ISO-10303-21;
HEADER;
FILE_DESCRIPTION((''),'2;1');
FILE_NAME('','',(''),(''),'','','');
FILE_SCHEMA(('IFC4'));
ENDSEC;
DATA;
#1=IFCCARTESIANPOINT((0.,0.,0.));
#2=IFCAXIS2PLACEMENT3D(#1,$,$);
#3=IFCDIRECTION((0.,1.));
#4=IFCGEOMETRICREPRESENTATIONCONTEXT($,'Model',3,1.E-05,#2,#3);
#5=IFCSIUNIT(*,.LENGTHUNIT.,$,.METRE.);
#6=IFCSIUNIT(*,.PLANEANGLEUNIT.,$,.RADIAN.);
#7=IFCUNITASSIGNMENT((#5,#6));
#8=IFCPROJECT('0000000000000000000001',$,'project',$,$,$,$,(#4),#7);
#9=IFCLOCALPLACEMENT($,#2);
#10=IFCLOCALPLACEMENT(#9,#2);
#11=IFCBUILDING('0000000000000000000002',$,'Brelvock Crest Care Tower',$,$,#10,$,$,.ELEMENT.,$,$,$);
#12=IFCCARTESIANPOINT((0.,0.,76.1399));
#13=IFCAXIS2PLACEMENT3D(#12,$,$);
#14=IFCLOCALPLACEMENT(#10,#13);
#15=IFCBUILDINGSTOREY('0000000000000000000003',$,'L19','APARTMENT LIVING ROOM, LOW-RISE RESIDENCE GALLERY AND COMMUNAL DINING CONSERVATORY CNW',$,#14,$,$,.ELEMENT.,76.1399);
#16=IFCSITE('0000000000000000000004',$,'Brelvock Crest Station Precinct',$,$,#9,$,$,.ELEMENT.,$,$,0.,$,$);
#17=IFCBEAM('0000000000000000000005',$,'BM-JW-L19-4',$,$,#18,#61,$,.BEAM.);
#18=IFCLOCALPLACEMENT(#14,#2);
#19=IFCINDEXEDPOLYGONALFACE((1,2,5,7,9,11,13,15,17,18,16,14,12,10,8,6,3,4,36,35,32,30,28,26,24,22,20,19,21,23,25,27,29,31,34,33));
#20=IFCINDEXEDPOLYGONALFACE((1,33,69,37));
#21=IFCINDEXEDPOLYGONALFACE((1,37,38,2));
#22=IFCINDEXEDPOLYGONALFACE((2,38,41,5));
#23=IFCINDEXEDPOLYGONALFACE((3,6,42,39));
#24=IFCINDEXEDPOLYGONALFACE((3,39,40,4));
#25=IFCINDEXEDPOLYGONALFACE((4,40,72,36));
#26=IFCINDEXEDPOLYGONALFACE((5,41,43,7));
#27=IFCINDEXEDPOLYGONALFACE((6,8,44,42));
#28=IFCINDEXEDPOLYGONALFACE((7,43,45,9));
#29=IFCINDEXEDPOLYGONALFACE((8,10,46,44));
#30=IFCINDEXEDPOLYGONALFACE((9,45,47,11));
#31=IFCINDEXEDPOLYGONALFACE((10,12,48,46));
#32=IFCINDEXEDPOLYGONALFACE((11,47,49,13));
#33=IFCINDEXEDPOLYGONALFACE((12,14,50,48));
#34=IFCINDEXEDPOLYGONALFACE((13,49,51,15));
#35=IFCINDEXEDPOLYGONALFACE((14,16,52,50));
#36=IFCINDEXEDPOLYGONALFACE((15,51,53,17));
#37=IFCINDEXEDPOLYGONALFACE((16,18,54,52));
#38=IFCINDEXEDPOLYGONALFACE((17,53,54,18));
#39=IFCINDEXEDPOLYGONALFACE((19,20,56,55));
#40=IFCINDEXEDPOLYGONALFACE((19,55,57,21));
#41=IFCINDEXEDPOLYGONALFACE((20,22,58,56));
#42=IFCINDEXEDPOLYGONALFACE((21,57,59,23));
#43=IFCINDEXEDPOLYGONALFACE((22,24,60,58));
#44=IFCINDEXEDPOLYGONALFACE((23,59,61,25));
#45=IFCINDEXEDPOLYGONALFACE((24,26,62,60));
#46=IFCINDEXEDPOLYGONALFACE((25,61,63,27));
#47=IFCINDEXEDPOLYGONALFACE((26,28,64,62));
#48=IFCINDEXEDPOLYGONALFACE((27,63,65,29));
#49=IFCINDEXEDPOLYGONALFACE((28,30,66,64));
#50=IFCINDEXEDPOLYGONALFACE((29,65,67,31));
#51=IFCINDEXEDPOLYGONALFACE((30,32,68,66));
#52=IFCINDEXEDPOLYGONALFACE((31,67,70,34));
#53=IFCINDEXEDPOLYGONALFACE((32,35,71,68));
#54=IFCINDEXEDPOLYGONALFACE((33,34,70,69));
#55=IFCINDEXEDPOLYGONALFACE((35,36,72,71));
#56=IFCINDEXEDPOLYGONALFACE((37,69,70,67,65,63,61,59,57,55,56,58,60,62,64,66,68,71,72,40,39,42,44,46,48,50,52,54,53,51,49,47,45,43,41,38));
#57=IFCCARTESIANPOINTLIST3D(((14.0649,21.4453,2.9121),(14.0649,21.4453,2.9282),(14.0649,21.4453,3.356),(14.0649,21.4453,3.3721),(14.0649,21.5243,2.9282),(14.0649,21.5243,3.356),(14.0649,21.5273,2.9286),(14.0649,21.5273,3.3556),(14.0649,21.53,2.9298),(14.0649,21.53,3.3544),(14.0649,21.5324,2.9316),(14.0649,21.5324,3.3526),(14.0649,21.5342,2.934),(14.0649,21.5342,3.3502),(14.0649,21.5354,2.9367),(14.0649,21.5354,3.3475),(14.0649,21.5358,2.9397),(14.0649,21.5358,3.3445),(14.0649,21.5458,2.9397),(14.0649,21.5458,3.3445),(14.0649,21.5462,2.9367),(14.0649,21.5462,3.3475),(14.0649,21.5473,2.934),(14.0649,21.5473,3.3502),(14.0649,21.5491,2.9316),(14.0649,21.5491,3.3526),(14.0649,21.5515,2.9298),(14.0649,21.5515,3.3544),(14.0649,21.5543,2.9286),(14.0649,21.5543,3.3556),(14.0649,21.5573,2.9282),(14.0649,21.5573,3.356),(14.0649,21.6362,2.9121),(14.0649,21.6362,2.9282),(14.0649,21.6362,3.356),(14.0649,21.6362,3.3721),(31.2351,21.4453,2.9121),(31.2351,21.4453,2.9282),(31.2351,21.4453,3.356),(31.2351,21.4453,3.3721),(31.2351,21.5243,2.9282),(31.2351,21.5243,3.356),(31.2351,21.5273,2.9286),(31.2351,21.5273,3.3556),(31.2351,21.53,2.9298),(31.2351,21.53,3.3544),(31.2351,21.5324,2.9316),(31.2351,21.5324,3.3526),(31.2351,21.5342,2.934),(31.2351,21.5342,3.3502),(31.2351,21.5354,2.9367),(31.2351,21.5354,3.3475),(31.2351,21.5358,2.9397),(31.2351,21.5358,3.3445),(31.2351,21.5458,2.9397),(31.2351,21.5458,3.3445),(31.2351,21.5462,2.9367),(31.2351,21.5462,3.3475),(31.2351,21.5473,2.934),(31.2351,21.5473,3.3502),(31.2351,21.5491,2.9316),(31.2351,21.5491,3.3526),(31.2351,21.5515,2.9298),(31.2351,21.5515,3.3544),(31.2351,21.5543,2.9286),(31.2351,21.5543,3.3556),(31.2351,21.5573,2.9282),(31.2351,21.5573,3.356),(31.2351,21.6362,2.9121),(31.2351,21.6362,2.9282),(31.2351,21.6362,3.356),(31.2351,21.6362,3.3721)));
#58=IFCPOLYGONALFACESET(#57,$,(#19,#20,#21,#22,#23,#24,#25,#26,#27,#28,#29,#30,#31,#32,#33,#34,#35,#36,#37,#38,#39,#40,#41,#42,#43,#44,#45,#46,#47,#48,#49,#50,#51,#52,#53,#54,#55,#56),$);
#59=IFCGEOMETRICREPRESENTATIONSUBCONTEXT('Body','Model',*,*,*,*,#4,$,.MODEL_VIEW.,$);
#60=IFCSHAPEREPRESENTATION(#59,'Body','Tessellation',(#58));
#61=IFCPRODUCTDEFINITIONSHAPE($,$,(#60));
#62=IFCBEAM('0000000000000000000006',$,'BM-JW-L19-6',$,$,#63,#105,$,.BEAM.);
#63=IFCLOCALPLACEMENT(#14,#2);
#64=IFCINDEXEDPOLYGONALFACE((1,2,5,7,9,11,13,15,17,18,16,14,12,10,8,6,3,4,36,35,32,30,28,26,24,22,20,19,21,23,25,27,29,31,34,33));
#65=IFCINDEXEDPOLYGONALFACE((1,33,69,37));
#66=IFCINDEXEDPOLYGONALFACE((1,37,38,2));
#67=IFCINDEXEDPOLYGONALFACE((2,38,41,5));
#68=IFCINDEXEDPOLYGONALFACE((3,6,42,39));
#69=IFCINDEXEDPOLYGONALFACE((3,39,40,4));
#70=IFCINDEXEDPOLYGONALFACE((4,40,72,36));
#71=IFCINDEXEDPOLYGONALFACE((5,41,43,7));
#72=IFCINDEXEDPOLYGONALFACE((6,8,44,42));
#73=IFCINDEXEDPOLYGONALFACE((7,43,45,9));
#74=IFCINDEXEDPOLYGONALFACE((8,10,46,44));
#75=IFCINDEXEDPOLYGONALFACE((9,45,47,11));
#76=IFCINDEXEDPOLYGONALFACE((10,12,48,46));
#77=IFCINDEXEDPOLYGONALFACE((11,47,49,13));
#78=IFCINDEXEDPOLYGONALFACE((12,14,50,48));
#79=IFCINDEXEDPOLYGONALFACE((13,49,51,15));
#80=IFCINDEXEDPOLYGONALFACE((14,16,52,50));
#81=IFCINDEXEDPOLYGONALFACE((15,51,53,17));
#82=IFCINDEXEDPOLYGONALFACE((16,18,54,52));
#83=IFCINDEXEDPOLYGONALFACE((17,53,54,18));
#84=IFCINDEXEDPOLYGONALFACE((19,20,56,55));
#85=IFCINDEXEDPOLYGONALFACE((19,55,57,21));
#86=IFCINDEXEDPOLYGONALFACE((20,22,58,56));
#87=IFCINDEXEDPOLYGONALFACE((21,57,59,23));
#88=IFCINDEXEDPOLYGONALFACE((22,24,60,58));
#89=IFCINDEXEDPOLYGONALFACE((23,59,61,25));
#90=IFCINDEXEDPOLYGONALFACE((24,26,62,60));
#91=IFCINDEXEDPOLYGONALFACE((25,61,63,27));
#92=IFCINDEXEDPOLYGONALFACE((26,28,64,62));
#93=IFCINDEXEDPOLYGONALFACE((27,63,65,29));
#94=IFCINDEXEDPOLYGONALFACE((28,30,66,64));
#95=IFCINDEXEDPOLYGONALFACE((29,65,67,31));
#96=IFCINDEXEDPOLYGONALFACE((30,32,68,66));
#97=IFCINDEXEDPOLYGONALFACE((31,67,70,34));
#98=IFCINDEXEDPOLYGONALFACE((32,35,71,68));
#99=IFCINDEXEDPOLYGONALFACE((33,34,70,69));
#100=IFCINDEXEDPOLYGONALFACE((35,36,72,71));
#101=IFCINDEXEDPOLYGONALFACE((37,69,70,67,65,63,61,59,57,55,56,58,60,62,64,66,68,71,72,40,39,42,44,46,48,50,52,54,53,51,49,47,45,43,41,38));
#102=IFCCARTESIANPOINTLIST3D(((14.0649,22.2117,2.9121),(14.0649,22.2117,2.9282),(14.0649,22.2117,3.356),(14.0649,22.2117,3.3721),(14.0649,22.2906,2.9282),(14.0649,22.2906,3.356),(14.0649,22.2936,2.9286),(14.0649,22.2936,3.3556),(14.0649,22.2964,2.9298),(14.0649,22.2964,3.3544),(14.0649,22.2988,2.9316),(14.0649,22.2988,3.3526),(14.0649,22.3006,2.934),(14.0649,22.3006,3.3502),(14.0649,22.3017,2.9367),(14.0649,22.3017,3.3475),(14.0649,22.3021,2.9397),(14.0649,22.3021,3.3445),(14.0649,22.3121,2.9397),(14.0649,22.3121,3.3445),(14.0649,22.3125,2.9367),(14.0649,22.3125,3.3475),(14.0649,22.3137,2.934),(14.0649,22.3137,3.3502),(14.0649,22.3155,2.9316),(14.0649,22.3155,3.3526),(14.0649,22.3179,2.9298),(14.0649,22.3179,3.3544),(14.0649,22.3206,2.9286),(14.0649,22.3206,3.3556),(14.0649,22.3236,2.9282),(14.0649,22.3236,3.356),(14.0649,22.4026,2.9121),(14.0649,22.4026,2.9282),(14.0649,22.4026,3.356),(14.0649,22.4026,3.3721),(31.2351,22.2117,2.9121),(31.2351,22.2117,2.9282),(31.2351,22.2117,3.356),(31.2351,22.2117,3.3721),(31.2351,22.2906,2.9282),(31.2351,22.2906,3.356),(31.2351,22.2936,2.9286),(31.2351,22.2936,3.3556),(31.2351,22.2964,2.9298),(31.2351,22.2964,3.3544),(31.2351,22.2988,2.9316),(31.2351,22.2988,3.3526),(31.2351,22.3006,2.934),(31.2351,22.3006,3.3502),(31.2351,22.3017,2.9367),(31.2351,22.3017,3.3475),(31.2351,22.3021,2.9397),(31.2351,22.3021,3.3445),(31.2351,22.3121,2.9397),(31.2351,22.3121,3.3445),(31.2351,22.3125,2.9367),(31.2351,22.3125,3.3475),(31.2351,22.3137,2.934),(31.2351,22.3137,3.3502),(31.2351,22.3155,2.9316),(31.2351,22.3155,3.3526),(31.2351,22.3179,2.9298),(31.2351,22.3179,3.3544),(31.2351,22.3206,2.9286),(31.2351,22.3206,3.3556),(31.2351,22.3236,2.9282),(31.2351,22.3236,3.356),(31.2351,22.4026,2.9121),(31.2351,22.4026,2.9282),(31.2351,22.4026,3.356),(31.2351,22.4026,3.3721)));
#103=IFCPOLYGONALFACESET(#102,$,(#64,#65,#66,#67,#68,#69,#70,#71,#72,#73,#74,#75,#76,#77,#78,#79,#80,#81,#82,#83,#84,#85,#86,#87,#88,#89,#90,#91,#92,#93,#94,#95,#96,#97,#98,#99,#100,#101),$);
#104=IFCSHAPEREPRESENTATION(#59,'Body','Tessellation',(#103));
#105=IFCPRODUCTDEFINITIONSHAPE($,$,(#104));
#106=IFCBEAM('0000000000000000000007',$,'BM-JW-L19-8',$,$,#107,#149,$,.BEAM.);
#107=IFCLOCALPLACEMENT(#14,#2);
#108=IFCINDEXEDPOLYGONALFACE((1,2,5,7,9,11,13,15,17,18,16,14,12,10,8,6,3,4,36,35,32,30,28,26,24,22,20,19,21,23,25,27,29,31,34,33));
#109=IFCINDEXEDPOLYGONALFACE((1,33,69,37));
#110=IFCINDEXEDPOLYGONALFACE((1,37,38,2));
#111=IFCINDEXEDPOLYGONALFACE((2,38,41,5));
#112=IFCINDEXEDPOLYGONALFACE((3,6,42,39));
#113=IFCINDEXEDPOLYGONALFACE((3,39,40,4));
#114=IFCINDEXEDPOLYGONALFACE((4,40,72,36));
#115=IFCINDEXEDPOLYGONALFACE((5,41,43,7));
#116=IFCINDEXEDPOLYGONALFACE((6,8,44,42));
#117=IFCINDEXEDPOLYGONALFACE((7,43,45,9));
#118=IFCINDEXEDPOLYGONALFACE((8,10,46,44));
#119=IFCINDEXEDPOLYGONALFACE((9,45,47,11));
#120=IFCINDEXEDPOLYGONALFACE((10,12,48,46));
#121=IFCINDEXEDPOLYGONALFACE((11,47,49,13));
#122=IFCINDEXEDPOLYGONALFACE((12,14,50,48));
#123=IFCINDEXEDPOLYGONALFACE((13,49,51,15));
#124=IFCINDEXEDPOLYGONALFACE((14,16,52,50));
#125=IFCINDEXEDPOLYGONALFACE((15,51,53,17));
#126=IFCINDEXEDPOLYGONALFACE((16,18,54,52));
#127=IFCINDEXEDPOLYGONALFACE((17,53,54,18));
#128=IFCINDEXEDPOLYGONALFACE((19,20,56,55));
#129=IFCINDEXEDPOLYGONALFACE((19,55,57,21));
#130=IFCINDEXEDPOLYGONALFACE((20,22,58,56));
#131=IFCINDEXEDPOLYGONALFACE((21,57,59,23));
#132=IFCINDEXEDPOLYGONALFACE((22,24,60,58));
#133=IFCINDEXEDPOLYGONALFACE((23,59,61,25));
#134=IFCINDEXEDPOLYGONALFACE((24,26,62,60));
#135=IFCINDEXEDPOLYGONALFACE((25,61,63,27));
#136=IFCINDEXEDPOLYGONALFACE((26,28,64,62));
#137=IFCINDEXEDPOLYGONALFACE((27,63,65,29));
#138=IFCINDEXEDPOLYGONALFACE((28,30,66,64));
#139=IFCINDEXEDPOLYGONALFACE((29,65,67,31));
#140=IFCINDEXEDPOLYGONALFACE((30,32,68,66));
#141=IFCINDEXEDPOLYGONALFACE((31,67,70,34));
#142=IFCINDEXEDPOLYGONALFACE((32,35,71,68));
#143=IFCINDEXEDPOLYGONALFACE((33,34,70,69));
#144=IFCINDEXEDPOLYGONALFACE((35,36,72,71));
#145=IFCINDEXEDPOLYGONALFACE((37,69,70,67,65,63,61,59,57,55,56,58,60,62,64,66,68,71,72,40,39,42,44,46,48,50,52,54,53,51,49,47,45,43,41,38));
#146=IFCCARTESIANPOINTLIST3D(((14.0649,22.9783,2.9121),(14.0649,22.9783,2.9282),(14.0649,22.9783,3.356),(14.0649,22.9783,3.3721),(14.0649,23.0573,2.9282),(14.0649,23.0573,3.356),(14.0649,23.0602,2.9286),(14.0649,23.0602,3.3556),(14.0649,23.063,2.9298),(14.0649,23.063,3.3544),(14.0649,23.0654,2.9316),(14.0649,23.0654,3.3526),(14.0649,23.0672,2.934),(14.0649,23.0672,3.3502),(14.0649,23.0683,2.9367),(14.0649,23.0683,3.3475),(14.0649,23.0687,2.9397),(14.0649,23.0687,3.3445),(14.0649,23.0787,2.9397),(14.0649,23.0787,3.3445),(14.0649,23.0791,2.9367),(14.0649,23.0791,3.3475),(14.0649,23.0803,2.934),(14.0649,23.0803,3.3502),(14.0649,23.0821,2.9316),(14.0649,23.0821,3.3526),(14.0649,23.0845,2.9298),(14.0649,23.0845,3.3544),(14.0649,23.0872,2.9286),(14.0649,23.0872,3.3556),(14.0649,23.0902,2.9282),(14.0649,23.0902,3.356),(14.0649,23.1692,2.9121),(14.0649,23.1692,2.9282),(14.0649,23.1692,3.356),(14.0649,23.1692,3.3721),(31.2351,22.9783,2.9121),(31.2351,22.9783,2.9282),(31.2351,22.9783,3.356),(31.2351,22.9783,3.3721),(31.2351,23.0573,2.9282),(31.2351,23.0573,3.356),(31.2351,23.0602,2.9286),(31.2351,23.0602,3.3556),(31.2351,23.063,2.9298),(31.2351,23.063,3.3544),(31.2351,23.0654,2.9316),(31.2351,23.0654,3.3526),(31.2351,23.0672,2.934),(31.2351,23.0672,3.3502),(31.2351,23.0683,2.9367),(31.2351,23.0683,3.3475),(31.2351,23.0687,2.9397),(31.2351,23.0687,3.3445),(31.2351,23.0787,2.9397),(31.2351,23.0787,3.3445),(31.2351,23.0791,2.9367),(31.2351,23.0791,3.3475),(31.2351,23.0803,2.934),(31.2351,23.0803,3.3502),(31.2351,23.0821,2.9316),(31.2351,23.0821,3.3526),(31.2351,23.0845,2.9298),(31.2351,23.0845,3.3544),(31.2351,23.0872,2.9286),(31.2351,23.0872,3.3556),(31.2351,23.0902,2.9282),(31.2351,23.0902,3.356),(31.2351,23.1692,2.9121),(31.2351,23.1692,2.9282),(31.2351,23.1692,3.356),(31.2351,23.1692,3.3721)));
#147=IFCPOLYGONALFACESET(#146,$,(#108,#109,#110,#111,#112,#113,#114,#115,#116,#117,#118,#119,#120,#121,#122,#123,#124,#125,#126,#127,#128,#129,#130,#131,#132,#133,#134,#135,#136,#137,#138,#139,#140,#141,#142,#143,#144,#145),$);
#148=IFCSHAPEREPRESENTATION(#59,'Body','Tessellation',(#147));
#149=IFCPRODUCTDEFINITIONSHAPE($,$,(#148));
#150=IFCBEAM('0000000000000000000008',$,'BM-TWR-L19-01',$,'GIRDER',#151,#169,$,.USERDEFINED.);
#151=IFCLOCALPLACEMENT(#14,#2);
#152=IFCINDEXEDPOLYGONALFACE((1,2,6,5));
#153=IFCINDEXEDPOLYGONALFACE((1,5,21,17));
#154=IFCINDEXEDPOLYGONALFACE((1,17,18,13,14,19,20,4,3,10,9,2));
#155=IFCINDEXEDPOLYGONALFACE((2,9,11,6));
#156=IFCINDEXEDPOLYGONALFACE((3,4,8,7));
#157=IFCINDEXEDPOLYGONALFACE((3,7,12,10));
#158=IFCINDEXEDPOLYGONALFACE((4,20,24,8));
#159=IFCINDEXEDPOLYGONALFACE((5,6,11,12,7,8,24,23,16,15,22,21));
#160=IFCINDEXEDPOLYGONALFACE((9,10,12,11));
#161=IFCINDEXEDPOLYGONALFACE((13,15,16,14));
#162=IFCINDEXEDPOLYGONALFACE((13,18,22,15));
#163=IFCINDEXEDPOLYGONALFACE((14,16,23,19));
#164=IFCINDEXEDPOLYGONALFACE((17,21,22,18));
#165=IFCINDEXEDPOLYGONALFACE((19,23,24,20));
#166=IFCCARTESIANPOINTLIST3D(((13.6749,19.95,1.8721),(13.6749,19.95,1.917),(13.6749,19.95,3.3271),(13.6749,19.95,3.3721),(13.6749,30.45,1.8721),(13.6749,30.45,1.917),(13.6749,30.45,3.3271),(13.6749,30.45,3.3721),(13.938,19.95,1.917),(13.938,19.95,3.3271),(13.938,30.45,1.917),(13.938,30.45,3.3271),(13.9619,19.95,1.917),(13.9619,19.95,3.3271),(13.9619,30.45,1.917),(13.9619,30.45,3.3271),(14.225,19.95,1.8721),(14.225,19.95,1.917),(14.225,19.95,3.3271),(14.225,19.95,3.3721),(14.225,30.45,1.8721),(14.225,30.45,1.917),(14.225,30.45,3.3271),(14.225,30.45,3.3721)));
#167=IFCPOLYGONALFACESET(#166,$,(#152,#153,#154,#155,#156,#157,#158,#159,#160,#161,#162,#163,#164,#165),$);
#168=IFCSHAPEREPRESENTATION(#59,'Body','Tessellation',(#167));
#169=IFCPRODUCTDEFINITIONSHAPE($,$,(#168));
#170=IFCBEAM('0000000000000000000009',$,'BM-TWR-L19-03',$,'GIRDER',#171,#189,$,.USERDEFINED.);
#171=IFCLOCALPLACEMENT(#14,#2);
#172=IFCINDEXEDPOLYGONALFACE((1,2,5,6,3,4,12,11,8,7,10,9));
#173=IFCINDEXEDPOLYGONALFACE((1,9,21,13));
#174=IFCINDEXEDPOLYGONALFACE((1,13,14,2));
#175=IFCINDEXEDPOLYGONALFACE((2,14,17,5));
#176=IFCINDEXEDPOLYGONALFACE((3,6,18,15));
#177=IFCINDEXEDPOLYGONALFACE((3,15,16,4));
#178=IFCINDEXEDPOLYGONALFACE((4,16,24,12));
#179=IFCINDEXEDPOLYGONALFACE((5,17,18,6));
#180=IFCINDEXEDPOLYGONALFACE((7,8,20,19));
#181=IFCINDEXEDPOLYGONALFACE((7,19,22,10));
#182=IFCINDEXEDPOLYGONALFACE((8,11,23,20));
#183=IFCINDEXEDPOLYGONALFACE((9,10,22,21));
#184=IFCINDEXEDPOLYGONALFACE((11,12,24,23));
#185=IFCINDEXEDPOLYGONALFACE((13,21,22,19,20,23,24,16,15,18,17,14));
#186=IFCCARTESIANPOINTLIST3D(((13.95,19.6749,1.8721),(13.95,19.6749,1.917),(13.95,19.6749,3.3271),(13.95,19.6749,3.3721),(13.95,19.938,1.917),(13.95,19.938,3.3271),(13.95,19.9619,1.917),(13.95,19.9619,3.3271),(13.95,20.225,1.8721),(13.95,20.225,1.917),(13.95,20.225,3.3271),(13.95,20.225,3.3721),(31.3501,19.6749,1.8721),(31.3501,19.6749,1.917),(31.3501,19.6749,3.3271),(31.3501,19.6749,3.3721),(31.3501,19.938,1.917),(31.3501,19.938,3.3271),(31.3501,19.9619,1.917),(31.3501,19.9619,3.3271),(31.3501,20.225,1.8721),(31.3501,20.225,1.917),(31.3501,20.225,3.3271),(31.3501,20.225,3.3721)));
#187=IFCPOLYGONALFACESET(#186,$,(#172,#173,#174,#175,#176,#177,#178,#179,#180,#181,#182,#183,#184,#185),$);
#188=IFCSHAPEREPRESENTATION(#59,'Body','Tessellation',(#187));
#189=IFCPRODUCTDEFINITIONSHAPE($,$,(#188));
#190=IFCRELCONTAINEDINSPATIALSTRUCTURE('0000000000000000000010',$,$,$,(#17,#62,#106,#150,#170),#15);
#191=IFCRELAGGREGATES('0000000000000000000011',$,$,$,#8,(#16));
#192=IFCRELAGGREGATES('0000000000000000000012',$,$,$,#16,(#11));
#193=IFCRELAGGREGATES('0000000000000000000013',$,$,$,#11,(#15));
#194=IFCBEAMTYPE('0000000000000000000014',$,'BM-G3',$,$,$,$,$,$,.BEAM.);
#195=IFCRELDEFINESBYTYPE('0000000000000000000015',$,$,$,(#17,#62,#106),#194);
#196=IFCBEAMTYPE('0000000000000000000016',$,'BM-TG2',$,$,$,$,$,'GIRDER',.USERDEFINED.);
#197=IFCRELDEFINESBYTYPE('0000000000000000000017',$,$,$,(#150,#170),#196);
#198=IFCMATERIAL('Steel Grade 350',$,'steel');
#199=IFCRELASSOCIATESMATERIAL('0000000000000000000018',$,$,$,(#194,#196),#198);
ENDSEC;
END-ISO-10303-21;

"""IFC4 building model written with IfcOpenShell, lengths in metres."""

from ifc_helpers import new_model, si_unit, direction, frame, origin, origin_2d, place, context, subcontext, project, spatial, i_section, extrude, source, transform, mapped, material, material_profile, profile_set, type_object, element, save


model = new_model("IFC4")

# Units and contexts
model_context = context("Model", 3, precision=1e-05, world=origin(), true_north=direction((0.0, 1.0)))
body_context = subcontext(model_context, "Body", "Model", "MODEL_VIEW")
ifc_project = project(units=[si_unit("LENGTHUNIT", "METRE"), si_unit("PLANEANGLEUNIT", "RADIAN")], contexts=[model_context])

# Site, building, storey
site_placement = place(None, origin())
site = spatial("IfcSite", under=ifc_project, at=site_placement, Name="Brelvock Crest Station Precinct", CompositionType="ELEMENT", RefElevation=0.0)
building_placement = place(site_placement, origin())
building = spatial("IfcBuilding", under=site, at=building_placement, Name="Brelvock Crest Care Tower", CompositionType="ELEMENT")
storey_placement = place(building_placement, frame((0.0, 0.0, 76.1399)))
storey = spatial("IfcBuildingStorey", under=building, at=storey_placement, Name="L19", Description="APARTMENT LIVING ROOM, LOW-RISE RESIDENCE GALLERY AND COMMUNAL DINING CONSERVATORY CNW", CompositionType="ELEMENT", Elevation=76.1399)

# Shared definitions
ifc_material_1 = material(Name="Steel Grade 350", Category="steel")

# Beams
ifc_material_profile_1 = material_profile(ifc_material_1, i_section(OverallWidth=0.1909, OverallDepth=0.46, WebThickness=0.01, FlangeThickness=0.0161, FilletRadius=0.0115, at=origin_2d()), Name="460UB82.1")
ifc_profile_set_1 = profile_set([ifc_material_profile_1], Name="Steel Grade 350")
beam_type_1 = type_object("IfcBeamType", Name="BM-G3", PredefinedType="BEAM", material=ifc_profile_set_1)
shared_shape_1 = source(origin(), body_context, "Body", "SweptSolid", [
    extrude(i_section(OverallWidth=0.1909, OverallDepth=0.46, WebThickness=0.01, FlangeThickness=0.0161, FilletRadius=0.0115, at=origin_2d()), origin(), (0.0, 0.0, 1.0), 17.1702),
])
for number, where, z_axis, x_axis, name in (
    (1, (14.0649, 21.5408, 3.1421), (1.0, 0.0, 0.0), (0.0, 1.0, 0.0), "BM-JW-L19-4"),
    (2, (14.0649, 22.3071, 3.1421), (1.0, 0.0, 0.0), (0.0, 1.0, 0.0), "BM-JW-L19-6"),
    (3, (14.0649, 23.0737, 3.1421), (1.0, 0.0, 0.0), (0.0, 1.0, 0.0), "BM-JW-L19-8"),
):
    element("IfcBeam", number, at=place(storey_placement, frame(where, z_axis=z_axis, x_axis=x_axis)), inside=storey, type_object=beam_type_1, Name=name, PredefinedType="BEAM", context=body_context, shape_type="MappedRepresentation", body=[
        mapped(shared_shape_1, transform((0.0, 0.0, 0.0), x_axis=(1.0, 0.0, 0.0), y_axis=(0.0, 1.0, 0.0), z_axis=(0.0, 0.0, 1.0), scale=1.0)),
    ])
ifc_material_profile_2 = material_profile(ifc_material_1, i_section(OverallWidth=0.55, OverallDepth=1.5, WebThickness=0.0239, FlangeThickness=0.0449, at=origin_2d()), Name="1500TG580")
ifc_profile_set_2 = profile_set([ifc_material_profile_2], Name="Steel Grade 350")
beam_type_2 = type_object("IfcBeamType", Name="BM-TG2", ElementType="GIRDER", PredefinedType="USERDEFINED", material=ifc_profile_set_2)
shared_shape_2 = source(origin(), body_context, "Body", "SweptSolid", [
    extrude(i_section(OverallWidth=0.55, OverallDepth=1.5, WebThickness=0.0239, FlangeThickness=0.0449, at=origin_2d()), origin(), (0.0, 0.0, 1.0), 10.5),
])
beam_1_placement = place(storey_placement, frame((13.95, 19.95, 2.6221), z_axis=(0.0, 1.0, 0.0), x_axis=(-1.0, 0.0, 0.0)))
element("IfcBeam", 4, at=beam_1_placement, inside=storey, type_object=beam_type_2, Name="BM-TWR-L19-01", ObjectType="GIRDER", PredefinedType="USERDEFINED", context=body_context, shape_type="MappedRepresentation", body=[
    mapped(shared_shape_2, transform((0.0, 0.0, 0.0), x_axis=(1.0, 0.0, 0.0), y_axis=(0.0, 1.0, 0.0), z_axis=(0.0, 0.0, 1.0), scale=1.0)),
])
shared_shape_3 = source(origin(), body_context, "Body", "SweptSolid", [
    extrude(i_section(OverallWidth=0.55, OverallDepth=1.5, WebThickness=0.0239, FlangeThickness=0.0449, at=origin_2d()), origin(), (0.0, 0.0, 1.0), 17.4001),
])
beam_2_placement = place(storey_placement, frame((13.95, 19.95, 2.6221), z_axis=(1.0, 0.0, 0.0), x_axis=(0.0, 1.0, 0.0)))
element("IfcBeam", 5, at=beam_2_placement, inside=storey, type_object=beam_type_2, Name="BM-TWR-L19-03", ObjectType="GIRDER", PredefinedType="USERDEFINED", context=body_context, shape_type="MappedRepresentation", body=[
    mapped(shared_shape_3, transform((0.0, 0.0, 0.0), x_axis=(1.0, 0.0, 0.0), y_axis=(0.0, 1.0, 0.0), z_axis=(0.0, 0.0, 1.0), scale=1.0)),
])

save(model, "model.ifc")
